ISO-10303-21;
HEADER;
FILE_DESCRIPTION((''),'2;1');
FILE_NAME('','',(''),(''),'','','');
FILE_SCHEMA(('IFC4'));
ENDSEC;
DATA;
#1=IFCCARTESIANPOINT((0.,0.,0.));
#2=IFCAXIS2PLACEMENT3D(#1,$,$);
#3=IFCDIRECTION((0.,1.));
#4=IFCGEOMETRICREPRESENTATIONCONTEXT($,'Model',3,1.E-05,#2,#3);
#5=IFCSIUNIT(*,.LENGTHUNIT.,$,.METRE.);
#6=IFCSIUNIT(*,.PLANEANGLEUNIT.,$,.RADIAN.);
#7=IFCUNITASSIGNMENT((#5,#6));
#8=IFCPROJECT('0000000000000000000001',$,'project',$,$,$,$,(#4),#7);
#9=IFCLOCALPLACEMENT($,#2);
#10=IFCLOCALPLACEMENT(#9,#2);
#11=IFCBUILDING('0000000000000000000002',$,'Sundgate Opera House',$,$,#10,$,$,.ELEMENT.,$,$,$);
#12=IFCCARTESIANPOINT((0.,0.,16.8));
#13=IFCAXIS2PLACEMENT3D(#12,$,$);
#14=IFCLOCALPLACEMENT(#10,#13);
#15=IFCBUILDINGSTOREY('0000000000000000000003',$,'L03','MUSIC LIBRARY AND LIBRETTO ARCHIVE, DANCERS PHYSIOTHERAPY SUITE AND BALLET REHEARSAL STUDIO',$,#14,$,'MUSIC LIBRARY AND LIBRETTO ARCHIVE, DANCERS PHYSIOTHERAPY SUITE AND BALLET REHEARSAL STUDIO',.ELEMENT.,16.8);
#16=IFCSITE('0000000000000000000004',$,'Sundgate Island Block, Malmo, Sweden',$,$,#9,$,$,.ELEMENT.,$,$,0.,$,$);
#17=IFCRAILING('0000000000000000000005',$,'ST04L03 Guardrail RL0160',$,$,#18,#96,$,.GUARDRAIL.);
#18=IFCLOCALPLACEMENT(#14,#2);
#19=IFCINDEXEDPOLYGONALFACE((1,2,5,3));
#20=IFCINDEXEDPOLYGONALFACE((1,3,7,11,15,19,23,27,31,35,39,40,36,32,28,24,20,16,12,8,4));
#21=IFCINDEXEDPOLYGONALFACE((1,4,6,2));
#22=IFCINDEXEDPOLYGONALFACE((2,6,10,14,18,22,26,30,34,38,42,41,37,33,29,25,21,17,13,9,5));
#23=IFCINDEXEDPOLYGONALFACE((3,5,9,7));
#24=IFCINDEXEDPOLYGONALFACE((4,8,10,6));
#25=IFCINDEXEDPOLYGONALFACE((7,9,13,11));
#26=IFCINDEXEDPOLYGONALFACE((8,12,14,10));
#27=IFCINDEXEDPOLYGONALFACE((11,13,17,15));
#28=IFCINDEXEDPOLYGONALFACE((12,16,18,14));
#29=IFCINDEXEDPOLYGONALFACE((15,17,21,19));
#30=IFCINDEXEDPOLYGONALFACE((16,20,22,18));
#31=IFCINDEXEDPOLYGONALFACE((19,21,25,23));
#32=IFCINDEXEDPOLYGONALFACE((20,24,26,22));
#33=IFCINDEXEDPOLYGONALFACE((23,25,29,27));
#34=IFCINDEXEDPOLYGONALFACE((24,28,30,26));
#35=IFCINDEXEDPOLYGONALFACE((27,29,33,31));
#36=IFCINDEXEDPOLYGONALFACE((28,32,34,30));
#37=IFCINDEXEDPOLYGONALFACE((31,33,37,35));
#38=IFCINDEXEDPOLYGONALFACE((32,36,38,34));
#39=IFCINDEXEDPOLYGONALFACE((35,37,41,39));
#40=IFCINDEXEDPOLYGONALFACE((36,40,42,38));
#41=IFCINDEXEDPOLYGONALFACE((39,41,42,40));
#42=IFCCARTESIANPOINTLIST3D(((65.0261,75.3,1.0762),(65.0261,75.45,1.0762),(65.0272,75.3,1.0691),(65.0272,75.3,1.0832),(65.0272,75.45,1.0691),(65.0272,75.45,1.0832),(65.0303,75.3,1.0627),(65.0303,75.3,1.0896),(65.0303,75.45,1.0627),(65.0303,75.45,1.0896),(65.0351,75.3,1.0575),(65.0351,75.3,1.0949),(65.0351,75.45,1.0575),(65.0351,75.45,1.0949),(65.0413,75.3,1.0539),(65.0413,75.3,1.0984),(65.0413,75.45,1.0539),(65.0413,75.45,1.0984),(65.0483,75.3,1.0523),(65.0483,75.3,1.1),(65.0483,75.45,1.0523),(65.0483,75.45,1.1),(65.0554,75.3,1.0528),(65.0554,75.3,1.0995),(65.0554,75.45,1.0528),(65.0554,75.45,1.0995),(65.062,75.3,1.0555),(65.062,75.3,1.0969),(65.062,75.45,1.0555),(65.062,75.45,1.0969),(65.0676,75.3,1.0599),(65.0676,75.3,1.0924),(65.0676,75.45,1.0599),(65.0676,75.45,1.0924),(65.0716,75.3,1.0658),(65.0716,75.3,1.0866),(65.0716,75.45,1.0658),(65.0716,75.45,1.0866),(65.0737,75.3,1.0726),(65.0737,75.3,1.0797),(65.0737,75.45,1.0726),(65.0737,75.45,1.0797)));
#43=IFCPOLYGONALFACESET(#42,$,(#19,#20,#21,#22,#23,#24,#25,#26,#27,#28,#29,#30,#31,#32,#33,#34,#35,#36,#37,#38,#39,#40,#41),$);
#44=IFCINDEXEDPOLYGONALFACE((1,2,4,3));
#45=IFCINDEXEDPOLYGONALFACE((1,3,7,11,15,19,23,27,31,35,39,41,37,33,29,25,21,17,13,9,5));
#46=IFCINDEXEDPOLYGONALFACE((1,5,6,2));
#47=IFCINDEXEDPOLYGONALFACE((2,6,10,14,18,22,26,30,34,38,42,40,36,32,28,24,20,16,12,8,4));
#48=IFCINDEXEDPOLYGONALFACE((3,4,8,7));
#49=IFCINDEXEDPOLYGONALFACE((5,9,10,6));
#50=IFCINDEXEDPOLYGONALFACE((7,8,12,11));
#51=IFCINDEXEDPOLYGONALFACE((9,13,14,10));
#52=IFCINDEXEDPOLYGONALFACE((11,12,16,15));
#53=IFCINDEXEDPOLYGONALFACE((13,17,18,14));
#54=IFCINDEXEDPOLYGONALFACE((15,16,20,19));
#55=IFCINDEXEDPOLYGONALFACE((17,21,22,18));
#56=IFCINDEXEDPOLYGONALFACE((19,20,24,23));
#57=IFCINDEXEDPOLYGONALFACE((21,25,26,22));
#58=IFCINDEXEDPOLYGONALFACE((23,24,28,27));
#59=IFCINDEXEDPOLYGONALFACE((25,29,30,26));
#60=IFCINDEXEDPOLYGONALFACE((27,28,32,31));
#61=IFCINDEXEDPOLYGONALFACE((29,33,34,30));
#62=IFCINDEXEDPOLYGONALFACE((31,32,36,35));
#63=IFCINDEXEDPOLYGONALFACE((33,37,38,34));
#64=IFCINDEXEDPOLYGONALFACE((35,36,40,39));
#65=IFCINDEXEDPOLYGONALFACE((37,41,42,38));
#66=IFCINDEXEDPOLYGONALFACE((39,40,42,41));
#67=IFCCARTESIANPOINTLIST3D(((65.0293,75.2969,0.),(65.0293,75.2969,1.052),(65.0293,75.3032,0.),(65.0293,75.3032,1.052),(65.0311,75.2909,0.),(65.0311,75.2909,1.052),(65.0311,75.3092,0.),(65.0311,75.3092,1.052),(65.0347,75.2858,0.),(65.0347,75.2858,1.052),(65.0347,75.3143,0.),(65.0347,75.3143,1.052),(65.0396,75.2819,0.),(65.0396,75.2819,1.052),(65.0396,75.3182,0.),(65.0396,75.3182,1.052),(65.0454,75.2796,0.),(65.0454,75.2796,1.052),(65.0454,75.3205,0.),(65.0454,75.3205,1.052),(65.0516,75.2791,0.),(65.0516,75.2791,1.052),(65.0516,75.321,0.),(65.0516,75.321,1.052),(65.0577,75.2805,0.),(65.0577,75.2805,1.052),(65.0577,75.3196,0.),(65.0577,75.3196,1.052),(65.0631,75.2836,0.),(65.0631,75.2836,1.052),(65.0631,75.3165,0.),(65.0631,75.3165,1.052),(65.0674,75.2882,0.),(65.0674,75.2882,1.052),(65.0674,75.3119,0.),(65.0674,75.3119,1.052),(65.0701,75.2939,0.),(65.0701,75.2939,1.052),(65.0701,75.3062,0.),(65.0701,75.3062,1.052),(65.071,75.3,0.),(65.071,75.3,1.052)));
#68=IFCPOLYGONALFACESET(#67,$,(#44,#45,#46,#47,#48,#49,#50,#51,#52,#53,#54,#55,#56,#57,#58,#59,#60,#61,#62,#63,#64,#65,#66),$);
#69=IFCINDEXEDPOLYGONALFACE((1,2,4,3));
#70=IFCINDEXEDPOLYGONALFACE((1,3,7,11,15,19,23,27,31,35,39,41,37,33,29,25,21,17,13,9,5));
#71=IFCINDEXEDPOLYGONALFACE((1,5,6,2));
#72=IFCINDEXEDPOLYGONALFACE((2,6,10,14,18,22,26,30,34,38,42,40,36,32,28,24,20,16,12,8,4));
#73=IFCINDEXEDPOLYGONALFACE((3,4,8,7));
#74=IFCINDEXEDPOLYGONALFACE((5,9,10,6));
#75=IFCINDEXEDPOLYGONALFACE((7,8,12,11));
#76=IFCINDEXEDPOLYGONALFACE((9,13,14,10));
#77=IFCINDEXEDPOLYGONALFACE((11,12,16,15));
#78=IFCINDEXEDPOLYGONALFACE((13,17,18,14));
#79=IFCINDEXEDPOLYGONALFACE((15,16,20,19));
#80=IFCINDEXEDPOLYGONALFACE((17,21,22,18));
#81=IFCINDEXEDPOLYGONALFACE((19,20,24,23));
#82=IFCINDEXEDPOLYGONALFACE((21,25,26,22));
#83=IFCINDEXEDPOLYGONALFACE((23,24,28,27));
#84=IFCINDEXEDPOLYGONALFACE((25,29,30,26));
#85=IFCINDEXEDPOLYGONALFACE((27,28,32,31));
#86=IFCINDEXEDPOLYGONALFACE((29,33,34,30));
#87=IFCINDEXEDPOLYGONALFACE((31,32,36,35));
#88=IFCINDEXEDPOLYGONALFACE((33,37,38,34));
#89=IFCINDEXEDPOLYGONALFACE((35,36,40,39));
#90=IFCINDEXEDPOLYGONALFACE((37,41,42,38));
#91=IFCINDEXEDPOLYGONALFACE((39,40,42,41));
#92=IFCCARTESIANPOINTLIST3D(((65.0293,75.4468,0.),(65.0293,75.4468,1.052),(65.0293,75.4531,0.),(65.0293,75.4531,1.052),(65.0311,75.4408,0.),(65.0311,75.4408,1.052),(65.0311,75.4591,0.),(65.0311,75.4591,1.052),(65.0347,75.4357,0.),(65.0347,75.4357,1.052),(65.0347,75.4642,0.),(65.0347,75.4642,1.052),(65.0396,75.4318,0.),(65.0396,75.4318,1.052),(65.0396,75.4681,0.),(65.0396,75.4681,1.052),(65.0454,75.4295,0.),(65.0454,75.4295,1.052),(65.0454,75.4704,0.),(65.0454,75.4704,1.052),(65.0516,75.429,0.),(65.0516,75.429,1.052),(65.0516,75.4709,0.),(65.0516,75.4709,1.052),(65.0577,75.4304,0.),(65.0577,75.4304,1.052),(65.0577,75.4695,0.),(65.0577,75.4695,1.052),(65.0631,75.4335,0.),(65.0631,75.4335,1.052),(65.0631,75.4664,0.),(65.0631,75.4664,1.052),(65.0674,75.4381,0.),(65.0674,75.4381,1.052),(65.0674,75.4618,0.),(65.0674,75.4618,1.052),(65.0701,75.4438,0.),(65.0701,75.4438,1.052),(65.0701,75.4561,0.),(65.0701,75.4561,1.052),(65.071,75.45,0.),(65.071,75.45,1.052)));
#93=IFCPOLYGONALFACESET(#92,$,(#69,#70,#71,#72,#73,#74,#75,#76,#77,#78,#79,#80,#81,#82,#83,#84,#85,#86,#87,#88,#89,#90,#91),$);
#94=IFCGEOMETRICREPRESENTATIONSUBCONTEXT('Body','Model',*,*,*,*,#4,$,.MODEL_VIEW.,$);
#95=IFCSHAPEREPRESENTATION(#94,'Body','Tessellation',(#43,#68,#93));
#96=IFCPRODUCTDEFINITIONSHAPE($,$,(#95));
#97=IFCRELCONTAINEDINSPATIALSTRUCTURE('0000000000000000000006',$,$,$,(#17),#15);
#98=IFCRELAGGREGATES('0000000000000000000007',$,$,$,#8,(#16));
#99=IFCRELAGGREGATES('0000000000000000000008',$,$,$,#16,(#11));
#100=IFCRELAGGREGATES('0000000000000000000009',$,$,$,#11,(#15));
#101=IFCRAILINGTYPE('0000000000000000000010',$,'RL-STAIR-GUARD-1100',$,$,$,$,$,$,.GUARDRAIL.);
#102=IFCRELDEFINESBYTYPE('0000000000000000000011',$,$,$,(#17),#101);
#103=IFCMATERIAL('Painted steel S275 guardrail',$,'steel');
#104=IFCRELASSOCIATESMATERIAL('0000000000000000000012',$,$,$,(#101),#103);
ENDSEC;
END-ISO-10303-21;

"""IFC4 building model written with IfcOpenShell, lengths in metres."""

from ifc_helpers import new_model, si_unit, direction, frame, origin, origin_2d, place, context, subcontext, project, spatial, circle, extrude, material, type_object, element, save


model = new_model("IFC4")

# Units and contexts
model_context = context("Model", 3, precision=1e-05, world=origin(), true_north=direction((0.0, 1.0)))
body_context = subcontext(model_context, "Body", "Model", "MODEL_VIEW")
ifc_project = project(units=[si_unit("LENGTHUNIT", "METRE"), si_unit("PLANEANGLEUNIT", "RADIAN")], contexts=[model_context])

# Site, building, storey
site_placement = place(None, origin())
site = spatial("IfcSite", under=ifc_project, at=site_placement, Name="Sundgate Island Block, Malmo, Sweden", CompositionType="ELEMENT", RefElevation=0.0)
building_placement = place(site_placement, origin())
building = spatial("IfcBuilding", under=site, at=building_placement, Name="Sundgate Opera House", CompositionType="ELEMENT")
storey_placement = place(building_placement, frame((0.0, 0.0, 16.8)))
storey = spatial("IfcBuildingStorey", under=building, at=storey_placement, Name="L03", Description="MUSIC LIBRARY AND LIBRETTO ARCHIVE, DANCERS PHYSIOTHERAPY SUITE AND BALLET REHEARSAL STUDIO", LongName="MUSIC LIBRARY AND LIBRETTO ARCHIVE, DANCERS PHYSIOTHERAPY SUITE AND BALLET REHEARSAL STUDIO", CompositionType="ELEMENT", Elevation=16.8)

# Railing
ifc_material_1 = material(Name="Painted steel S275 guardrail", Category="steel")
railing_type_1 = type_object("IfcRailingType", Name="RL-STAIR-GUARD-1100", PredefinedType="GUARDRAIL", material=ifc_material_1)
railing_1_placement = place(storey_placement, frame((65.05, 75.3, 0.0)))
element("IfcRailing", 1, at=railing_1_placement, inside=storey, type_object=railing_type_1, Name="ST04L03 Guardrail RL0160", PredefinedType="GUARDRAIL", context=body_context, shape_type="SweptSolid", body=[
    extrude(circle(Radius=0.0239, at=origin_2d()), frame((0.0, 0.0, 1.0762), z_axis=(0.0, 1.0, 0.0), x_axis=(-1.0, 0.0, 0.0)), (0.0, 0.0, 1.0), 0.1499),
    extrude(circle(Radius=0.021, at=origin_2d()), origin(), (0.0, 0.0, 1.0), 1.052),
    extrude(circle(Radius=0.021, at=origin_2d()), frame((0.0, 0.1499, 0.0)), (0.0, 0.0, 1.0), 1.052),
])

save(model, "model.ifc")
